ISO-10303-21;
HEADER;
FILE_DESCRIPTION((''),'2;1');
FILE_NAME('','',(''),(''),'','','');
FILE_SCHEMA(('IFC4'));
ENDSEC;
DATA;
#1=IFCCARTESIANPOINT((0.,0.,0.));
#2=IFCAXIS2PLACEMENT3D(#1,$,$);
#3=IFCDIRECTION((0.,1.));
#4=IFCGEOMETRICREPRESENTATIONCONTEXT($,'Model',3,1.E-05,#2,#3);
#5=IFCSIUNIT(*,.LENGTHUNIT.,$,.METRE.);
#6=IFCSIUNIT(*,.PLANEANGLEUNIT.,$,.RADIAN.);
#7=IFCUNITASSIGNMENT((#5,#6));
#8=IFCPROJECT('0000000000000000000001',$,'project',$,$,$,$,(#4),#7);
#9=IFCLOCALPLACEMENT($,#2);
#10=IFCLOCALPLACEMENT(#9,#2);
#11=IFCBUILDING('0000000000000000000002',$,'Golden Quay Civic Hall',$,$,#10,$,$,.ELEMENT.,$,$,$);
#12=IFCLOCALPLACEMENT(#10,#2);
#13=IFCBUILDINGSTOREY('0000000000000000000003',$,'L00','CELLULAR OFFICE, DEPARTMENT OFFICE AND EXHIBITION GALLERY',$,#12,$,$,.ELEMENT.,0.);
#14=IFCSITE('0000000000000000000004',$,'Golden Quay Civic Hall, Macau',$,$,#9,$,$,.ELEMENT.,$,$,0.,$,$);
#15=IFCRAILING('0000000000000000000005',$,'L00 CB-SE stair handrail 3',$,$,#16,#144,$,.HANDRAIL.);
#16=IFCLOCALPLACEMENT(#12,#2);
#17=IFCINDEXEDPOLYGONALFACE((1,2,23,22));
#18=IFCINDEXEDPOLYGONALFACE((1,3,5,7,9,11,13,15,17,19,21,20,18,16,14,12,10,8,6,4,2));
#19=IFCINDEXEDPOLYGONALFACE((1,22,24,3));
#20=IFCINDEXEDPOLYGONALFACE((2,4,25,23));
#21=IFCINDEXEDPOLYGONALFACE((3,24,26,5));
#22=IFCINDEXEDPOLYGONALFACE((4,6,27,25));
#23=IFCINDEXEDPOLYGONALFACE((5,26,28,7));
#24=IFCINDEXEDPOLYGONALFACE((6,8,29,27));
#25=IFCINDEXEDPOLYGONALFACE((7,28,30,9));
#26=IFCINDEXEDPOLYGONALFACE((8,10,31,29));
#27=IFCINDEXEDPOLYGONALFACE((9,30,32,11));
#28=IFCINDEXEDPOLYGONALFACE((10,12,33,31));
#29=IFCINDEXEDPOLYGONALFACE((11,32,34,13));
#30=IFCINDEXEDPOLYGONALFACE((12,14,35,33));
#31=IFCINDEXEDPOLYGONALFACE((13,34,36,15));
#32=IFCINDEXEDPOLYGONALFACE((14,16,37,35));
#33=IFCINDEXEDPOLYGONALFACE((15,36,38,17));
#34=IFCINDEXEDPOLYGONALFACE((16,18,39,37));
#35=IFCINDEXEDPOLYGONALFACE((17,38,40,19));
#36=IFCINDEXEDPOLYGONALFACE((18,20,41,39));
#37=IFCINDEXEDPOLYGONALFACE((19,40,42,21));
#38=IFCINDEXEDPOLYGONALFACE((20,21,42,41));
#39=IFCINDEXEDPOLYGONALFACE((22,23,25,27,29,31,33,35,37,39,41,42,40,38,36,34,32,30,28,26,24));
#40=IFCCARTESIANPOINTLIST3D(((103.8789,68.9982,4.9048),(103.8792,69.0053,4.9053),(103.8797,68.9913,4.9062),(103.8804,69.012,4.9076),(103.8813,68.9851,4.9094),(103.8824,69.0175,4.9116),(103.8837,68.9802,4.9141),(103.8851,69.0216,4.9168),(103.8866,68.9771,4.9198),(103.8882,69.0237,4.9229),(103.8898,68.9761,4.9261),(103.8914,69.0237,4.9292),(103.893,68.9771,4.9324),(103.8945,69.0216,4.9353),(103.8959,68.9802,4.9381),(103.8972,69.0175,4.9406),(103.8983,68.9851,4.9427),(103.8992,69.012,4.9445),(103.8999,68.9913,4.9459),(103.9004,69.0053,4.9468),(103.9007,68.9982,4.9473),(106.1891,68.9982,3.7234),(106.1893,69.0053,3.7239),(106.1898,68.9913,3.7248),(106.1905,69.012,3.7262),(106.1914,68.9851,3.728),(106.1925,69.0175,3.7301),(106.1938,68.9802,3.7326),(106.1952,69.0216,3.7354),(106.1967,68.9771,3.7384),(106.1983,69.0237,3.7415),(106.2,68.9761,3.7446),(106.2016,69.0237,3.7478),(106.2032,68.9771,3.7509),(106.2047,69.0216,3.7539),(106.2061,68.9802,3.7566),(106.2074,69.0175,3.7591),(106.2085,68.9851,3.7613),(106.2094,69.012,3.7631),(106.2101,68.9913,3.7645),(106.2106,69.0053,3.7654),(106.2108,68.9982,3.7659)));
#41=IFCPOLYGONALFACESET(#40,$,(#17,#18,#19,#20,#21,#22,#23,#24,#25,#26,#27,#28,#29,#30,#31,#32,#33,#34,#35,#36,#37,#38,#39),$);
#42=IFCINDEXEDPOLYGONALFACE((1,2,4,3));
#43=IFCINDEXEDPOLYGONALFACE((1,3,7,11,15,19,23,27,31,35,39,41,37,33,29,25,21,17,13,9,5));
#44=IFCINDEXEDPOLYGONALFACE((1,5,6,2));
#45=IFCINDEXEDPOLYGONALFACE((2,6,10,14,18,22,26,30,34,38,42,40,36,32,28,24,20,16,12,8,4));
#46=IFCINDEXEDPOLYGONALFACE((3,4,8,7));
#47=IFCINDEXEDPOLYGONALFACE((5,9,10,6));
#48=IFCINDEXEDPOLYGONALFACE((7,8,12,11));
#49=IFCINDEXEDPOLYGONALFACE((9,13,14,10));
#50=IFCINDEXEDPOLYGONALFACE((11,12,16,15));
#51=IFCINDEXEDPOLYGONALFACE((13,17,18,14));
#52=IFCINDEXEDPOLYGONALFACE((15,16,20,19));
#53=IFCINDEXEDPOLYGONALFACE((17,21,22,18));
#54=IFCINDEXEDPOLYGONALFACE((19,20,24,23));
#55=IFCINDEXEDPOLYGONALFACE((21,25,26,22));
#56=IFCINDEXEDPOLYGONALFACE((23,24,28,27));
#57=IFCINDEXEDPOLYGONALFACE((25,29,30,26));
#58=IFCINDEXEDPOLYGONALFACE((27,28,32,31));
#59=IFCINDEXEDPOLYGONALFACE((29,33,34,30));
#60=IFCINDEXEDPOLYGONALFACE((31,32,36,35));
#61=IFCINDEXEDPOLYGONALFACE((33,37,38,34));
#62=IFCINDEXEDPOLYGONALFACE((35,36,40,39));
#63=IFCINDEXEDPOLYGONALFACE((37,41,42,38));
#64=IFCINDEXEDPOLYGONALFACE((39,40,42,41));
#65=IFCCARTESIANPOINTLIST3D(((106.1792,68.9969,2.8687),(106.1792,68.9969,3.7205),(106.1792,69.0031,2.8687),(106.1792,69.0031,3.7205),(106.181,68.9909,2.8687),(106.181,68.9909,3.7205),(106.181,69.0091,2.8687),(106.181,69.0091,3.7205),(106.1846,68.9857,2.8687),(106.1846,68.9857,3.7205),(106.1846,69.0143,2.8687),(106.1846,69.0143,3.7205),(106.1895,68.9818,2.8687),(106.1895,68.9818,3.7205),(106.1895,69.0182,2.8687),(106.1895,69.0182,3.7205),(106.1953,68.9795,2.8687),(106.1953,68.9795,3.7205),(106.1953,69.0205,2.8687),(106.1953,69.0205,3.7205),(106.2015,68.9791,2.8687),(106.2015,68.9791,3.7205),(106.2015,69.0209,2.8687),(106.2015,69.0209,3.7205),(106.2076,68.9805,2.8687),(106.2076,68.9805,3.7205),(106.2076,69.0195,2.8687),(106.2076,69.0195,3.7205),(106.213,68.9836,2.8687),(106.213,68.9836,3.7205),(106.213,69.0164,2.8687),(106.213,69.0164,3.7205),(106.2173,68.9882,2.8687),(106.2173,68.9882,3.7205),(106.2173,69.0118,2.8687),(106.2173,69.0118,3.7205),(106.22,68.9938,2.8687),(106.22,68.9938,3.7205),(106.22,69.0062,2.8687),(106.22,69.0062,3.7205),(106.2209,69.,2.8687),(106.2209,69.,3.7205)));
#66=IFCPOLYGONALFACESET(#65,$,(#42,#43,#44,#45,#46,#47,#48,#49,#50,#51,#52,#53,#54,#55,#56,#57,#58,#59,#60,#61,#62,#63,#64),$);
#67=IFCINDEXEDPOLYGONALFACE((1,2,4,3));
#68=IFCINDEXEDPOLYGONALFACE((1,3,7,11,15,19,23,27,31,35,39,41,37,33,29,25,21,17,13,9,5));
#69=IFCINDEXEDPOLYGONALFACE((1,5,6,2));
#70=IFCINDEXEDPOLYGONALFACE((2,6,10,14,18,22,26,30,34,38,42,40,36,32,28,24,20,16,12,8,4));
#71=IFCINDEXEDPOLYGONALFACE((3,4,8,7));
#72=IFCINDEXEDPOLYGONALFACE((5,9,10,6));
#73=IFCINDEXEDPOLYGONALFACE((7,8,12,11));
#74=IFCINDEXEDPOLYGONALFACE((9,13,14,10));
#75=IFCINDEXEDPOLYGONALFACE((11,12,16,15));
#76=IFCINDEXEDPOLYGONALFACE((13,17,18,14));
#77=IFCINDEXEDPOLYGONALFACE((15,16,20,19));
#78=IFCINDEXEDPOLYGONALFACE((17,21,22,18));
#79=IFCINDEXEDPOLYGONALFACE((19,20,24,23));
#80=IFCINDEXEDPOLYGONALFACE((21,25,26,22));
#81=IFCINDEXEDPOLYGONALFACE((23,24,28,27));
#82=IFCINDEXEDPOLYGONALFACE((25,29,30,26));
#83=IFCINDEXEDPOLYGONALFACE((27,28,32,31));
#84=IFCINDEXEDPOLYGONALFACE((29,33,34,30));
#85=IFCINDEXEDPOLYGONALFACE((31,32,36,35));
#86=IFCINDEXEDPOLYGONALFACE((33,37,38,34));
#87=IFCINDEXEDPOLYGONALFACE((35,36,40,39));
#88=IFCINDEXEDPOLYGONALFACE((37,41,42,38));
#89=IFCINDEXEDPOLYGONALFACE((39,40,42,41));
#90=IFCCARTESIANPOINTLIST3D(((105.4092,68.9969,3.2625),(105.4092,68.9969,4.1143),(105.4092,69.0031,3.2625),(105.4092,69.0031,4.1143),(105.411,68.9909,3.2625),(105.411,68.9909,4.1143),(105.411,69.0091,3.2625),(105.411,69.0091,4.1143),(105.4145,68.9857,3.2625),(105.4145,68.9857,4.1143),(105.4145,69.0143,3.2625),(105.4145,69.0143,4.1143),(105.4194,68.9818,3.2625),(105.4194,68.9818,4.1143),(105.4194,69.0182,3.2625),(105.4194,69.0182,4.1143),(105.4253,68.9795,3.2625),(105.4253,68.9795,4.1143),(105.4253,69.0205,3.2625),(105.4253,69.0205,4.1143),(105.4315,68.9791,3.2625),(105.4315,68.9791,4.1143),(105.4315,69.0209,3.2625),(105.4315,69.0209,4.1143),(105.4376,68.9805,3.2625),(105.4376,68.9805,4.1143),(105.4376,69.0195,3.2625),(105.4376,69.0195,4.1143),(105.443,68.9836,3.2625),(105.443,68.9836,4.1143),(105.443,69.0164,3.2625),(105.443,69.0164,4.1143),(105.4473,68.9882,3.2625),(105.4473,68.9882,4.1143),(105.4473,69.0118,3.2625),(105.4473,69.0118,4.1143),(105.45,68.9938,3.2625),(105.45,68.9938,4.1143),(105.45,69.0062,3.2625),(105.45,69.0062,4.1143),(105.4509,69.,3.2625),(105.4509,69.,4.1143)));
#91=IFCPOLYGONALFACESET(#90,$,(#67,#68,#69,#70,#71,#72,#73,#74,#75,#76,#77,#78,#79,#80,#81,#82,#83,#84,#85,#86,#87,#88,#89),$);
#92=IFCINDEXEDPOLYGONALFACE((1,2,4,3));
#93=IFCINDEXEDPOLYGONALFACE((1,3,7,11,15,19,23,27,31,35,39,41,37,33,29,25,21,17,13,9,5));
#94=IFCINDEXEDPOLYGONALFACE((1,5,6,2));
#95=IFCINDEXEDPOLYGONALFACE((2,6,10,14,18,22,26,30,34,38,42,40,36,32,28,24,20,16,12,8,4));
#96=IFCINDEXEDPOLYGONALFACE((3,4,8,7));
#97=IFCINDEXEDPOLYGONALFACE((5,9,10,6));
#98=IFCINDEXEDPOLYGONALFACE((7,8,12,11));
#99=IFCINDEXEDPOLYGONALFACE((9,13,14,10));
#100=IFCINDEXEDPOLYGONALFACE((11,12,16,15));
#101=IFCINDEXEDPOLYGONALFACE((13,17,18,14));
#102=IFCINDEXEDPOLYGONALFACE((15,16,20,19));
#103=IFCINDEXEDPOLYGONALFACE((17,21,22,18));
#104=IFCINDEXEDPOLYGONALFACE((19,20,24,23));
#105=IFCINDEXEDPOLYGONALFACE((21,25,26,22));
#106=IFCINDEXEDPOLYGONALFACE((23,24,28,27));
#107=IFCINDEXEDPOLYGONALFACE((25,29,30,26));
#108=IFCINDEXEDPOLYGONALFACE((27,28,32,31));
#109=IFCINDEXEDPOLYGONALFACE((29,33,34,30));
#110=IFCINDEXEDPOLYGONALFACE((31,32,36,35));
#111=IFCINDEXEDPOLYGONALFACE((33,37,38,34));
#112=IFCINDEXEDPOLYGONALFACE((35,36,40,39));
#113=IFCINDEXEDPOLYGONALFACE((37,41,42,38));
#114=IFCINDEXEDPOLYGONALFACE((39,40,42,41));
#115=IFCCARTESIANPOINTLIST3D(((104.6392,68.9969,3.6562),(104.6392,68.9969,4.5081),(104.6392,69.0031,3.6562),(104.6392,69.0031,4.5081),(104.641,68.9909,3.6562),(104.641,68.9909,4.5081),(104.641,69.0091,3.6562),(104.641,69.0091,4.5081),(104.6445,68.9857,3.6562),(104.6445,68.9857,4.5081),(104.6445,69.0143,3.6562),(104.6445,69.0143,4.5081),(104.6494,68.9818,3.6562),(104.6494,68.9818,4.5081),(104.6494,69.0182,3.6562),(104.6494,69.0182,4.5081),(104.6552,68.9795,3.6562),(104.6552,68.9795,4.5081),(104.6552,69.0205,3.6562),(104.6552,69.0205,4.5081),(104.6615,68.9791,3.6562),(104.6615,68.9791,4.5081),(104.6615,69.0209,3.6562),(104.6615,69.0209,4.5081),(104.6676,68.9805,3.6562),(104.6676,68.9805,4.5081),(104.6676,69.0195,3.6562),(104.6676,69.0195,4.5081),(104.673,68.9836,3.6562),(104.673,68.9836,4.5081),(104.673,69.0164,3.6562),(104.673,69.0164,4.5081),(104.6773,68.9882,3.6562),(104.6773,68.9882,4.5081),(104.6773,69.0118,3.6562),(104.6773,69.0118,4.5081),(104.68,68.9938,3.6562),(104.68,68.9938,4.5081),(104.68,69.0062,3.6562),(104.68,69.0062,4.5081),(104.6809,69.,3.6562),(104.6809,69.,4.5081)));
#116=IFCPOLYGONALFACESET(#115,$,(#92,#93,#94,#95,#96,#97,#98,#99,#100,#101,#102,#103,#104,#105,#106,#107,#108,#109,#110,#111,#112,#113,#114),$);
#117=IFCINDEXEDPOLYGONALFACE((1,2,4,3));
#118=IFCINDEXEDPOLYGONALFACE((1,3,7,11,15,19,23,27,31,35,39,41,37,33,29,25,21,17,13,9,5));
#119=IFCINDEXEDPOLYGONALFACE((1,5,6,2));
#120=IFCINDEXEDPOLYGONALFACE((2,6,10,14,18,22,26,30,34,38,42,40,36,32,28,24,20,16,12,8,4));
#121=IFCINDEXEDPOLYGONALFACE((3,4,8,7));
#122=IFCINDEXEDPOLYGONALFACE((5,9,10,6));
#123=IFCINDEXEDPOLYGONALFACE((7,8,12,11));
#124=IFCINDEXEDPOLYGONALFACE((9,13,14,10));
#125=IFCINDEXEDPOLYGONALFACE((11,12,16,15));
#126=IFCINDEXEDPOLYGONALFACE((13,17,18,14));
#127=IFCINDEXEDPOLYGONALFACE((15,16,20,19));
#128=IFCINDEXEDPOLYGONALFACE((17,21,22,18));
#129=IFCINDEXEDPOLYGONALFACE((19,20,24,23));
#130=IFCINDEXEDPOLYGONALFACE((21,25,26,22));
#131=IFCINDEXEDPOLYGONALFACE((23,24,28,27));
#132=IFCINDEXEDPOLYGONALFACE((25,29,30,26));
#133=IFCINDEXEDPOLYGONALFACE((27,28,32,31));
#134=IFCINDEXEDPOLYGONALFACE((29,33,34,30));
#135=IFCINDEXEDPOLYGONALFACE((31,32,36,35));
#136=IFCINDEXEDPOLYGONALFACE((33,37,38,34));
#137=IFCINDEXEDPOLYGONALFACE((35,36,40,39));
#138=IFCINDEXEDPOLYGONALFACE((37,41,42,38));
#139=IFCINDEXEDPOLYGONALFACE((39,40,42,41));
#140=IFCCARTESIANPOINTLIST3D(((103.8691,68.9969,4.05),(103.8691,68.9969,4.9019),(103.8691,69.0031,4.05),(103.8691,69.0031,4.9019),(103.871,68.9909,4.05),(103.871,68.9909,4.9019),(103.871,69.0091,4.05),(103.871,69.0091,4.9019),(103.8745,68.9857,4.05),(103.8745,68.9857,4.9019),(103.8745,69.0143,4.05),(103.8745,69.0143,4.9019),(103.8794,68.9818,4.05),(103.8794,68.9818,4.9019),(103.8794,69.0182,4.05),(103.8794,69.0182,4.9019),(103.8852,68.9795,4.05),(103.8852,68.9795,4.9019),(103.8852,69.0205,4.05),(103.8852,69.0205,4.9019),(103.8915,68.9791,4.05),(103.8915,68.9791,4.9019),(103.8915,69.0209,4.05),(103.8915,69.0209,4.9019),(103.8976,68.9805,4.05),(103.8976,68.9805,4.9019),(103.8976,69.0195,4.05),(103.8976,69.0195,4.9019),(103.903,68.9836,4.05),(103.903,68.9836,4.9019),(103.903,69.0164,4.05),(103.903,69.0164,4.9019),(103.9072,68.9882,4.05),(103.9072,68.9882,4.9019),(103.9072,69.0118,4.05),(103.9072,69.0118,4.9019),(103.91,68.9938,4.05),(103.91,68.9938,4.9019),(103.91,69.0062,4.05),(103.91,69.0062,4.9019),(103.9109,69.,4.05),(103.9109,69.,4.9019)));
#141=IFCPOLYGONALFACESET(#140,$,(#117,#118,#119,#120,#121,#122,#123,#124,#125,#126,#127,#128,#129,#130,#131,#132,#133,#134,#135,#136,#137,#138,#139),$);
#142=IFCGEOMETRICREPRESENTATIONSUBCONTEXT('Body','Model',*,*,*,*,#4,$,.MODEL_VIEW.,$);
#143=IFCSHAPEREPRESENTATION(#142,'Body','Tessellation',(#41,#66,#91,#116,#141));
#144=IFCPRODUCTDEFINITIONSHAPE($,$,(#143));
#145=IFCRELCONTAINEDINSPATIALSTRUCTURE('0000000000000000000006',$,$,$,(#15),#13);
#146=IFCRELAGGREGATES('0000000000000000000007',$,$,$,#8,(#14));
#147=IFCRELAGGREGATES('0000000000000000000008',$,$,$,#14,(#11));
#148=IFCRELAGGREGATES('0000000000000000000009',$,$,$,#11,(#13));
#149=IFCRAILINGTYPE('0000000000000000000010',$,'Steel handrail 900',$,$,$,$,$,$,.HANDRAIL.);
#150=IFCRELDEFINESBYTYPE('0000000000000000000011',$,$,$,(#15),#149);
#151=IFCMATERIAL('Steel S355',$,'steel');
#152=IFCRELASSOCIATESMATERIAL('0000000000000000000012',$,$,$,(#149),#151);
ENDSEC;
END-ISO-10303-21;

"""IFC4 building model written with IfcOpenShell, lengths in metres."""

from ifc_helpers import new_model, si_unit, direction, frame, origin, origin_2d, place, context, subcontext, project, spatial, circle, extrude, material, type_object, element, save


model = new_model("IFC4")

# Units and contexts
model_context = context("Model", 3, precision=1e-05, world=origin(), true_north=direction((0.0, 1.0)))
body_context = subcontext(model_context, "Body", "Model", "MODEL_VIEW")
ifc_project = project(units=[si_unit("LENGTHUNIT", "METRE"), si_unit("PLANEANGLEUNIT", "RADIAN")], contexts=[model_context])

# Site, building, storey
site_placement = place(None, origin())
site = spatial("IfcSite", under=ifc_project, at=site_placement, Name="Golden Quay Civic Hall, Macau", CompositionType="ELEMENT", RefElevation=0.0)
building_placement = place(site_placement, origin())
building = spatial("IfcBuilding", under=site, at=building_placement, Name="Golden Quay Civic Hall", CompositionType="ELEMENT")
storey_placement = place(building_placement, origin())
storey = spatial("IfcBuildingStorey", under=building, at=storey_placement, Name="L00", Description="CELLULAR OFFICE, DEPARTMENT OFFICE AND EXHIBITION GALLERY", CompositionType="ELEMENT", Elevation=0.0)

# Railing
ifc_material_1 = material(Name="Steel S355", Category="steel")
railing_type_1 = type_object("IfcRailingType", Name="Steel handrail 900", PredefinedType="HANDRAIL", material=ifc_material_1)
for number, where, name in (
    (1, (106.2, 69.0, 2.8687), "L00 CB-SE stair handrail 3"),
):
    element("IfcRailing", number, at=place(storey_placement, frame(where)), inside=storey, type_object=railing_type_1, Name=name, PredefinedType="HANDRAIL", context=body_context, shape_type="SweptSolid", body=[
        extrude(circle(Radius=0.0239, at=origin_2d()), frame((0.0, 0.0, 0.876), z_axis=(-0.890325, 0.0, 0.455325), x_axis=(0.0, -1.0, 0.0)), (0.0, 0.0, 1.0), 2.5947),
        extrude(circle(Radius=0.021, at=origin_2d()), origin(), (0.0, 0.0, 1.0), 0.8518),
        extrude(circle(Radius=0.021, at=origin_2d()), frame((-0.77, 0.0, 0.3938)), (0.0, 0.0, 1.0), 0.8518),
        extrude(circle(Radius=0.021, at=origin_2d()), frame((-1.54, 0.0, 0.7876)), (0.0, 0.0, 1.0), 0.8518),
        extrude(circle(Radius=0.021, at=origin_2d()), frame((-2.3101, 0.0, 1.1814)), (0.0, 0.0, 1.0), 0.8518),
    ])

save(model, "model.ifc")
